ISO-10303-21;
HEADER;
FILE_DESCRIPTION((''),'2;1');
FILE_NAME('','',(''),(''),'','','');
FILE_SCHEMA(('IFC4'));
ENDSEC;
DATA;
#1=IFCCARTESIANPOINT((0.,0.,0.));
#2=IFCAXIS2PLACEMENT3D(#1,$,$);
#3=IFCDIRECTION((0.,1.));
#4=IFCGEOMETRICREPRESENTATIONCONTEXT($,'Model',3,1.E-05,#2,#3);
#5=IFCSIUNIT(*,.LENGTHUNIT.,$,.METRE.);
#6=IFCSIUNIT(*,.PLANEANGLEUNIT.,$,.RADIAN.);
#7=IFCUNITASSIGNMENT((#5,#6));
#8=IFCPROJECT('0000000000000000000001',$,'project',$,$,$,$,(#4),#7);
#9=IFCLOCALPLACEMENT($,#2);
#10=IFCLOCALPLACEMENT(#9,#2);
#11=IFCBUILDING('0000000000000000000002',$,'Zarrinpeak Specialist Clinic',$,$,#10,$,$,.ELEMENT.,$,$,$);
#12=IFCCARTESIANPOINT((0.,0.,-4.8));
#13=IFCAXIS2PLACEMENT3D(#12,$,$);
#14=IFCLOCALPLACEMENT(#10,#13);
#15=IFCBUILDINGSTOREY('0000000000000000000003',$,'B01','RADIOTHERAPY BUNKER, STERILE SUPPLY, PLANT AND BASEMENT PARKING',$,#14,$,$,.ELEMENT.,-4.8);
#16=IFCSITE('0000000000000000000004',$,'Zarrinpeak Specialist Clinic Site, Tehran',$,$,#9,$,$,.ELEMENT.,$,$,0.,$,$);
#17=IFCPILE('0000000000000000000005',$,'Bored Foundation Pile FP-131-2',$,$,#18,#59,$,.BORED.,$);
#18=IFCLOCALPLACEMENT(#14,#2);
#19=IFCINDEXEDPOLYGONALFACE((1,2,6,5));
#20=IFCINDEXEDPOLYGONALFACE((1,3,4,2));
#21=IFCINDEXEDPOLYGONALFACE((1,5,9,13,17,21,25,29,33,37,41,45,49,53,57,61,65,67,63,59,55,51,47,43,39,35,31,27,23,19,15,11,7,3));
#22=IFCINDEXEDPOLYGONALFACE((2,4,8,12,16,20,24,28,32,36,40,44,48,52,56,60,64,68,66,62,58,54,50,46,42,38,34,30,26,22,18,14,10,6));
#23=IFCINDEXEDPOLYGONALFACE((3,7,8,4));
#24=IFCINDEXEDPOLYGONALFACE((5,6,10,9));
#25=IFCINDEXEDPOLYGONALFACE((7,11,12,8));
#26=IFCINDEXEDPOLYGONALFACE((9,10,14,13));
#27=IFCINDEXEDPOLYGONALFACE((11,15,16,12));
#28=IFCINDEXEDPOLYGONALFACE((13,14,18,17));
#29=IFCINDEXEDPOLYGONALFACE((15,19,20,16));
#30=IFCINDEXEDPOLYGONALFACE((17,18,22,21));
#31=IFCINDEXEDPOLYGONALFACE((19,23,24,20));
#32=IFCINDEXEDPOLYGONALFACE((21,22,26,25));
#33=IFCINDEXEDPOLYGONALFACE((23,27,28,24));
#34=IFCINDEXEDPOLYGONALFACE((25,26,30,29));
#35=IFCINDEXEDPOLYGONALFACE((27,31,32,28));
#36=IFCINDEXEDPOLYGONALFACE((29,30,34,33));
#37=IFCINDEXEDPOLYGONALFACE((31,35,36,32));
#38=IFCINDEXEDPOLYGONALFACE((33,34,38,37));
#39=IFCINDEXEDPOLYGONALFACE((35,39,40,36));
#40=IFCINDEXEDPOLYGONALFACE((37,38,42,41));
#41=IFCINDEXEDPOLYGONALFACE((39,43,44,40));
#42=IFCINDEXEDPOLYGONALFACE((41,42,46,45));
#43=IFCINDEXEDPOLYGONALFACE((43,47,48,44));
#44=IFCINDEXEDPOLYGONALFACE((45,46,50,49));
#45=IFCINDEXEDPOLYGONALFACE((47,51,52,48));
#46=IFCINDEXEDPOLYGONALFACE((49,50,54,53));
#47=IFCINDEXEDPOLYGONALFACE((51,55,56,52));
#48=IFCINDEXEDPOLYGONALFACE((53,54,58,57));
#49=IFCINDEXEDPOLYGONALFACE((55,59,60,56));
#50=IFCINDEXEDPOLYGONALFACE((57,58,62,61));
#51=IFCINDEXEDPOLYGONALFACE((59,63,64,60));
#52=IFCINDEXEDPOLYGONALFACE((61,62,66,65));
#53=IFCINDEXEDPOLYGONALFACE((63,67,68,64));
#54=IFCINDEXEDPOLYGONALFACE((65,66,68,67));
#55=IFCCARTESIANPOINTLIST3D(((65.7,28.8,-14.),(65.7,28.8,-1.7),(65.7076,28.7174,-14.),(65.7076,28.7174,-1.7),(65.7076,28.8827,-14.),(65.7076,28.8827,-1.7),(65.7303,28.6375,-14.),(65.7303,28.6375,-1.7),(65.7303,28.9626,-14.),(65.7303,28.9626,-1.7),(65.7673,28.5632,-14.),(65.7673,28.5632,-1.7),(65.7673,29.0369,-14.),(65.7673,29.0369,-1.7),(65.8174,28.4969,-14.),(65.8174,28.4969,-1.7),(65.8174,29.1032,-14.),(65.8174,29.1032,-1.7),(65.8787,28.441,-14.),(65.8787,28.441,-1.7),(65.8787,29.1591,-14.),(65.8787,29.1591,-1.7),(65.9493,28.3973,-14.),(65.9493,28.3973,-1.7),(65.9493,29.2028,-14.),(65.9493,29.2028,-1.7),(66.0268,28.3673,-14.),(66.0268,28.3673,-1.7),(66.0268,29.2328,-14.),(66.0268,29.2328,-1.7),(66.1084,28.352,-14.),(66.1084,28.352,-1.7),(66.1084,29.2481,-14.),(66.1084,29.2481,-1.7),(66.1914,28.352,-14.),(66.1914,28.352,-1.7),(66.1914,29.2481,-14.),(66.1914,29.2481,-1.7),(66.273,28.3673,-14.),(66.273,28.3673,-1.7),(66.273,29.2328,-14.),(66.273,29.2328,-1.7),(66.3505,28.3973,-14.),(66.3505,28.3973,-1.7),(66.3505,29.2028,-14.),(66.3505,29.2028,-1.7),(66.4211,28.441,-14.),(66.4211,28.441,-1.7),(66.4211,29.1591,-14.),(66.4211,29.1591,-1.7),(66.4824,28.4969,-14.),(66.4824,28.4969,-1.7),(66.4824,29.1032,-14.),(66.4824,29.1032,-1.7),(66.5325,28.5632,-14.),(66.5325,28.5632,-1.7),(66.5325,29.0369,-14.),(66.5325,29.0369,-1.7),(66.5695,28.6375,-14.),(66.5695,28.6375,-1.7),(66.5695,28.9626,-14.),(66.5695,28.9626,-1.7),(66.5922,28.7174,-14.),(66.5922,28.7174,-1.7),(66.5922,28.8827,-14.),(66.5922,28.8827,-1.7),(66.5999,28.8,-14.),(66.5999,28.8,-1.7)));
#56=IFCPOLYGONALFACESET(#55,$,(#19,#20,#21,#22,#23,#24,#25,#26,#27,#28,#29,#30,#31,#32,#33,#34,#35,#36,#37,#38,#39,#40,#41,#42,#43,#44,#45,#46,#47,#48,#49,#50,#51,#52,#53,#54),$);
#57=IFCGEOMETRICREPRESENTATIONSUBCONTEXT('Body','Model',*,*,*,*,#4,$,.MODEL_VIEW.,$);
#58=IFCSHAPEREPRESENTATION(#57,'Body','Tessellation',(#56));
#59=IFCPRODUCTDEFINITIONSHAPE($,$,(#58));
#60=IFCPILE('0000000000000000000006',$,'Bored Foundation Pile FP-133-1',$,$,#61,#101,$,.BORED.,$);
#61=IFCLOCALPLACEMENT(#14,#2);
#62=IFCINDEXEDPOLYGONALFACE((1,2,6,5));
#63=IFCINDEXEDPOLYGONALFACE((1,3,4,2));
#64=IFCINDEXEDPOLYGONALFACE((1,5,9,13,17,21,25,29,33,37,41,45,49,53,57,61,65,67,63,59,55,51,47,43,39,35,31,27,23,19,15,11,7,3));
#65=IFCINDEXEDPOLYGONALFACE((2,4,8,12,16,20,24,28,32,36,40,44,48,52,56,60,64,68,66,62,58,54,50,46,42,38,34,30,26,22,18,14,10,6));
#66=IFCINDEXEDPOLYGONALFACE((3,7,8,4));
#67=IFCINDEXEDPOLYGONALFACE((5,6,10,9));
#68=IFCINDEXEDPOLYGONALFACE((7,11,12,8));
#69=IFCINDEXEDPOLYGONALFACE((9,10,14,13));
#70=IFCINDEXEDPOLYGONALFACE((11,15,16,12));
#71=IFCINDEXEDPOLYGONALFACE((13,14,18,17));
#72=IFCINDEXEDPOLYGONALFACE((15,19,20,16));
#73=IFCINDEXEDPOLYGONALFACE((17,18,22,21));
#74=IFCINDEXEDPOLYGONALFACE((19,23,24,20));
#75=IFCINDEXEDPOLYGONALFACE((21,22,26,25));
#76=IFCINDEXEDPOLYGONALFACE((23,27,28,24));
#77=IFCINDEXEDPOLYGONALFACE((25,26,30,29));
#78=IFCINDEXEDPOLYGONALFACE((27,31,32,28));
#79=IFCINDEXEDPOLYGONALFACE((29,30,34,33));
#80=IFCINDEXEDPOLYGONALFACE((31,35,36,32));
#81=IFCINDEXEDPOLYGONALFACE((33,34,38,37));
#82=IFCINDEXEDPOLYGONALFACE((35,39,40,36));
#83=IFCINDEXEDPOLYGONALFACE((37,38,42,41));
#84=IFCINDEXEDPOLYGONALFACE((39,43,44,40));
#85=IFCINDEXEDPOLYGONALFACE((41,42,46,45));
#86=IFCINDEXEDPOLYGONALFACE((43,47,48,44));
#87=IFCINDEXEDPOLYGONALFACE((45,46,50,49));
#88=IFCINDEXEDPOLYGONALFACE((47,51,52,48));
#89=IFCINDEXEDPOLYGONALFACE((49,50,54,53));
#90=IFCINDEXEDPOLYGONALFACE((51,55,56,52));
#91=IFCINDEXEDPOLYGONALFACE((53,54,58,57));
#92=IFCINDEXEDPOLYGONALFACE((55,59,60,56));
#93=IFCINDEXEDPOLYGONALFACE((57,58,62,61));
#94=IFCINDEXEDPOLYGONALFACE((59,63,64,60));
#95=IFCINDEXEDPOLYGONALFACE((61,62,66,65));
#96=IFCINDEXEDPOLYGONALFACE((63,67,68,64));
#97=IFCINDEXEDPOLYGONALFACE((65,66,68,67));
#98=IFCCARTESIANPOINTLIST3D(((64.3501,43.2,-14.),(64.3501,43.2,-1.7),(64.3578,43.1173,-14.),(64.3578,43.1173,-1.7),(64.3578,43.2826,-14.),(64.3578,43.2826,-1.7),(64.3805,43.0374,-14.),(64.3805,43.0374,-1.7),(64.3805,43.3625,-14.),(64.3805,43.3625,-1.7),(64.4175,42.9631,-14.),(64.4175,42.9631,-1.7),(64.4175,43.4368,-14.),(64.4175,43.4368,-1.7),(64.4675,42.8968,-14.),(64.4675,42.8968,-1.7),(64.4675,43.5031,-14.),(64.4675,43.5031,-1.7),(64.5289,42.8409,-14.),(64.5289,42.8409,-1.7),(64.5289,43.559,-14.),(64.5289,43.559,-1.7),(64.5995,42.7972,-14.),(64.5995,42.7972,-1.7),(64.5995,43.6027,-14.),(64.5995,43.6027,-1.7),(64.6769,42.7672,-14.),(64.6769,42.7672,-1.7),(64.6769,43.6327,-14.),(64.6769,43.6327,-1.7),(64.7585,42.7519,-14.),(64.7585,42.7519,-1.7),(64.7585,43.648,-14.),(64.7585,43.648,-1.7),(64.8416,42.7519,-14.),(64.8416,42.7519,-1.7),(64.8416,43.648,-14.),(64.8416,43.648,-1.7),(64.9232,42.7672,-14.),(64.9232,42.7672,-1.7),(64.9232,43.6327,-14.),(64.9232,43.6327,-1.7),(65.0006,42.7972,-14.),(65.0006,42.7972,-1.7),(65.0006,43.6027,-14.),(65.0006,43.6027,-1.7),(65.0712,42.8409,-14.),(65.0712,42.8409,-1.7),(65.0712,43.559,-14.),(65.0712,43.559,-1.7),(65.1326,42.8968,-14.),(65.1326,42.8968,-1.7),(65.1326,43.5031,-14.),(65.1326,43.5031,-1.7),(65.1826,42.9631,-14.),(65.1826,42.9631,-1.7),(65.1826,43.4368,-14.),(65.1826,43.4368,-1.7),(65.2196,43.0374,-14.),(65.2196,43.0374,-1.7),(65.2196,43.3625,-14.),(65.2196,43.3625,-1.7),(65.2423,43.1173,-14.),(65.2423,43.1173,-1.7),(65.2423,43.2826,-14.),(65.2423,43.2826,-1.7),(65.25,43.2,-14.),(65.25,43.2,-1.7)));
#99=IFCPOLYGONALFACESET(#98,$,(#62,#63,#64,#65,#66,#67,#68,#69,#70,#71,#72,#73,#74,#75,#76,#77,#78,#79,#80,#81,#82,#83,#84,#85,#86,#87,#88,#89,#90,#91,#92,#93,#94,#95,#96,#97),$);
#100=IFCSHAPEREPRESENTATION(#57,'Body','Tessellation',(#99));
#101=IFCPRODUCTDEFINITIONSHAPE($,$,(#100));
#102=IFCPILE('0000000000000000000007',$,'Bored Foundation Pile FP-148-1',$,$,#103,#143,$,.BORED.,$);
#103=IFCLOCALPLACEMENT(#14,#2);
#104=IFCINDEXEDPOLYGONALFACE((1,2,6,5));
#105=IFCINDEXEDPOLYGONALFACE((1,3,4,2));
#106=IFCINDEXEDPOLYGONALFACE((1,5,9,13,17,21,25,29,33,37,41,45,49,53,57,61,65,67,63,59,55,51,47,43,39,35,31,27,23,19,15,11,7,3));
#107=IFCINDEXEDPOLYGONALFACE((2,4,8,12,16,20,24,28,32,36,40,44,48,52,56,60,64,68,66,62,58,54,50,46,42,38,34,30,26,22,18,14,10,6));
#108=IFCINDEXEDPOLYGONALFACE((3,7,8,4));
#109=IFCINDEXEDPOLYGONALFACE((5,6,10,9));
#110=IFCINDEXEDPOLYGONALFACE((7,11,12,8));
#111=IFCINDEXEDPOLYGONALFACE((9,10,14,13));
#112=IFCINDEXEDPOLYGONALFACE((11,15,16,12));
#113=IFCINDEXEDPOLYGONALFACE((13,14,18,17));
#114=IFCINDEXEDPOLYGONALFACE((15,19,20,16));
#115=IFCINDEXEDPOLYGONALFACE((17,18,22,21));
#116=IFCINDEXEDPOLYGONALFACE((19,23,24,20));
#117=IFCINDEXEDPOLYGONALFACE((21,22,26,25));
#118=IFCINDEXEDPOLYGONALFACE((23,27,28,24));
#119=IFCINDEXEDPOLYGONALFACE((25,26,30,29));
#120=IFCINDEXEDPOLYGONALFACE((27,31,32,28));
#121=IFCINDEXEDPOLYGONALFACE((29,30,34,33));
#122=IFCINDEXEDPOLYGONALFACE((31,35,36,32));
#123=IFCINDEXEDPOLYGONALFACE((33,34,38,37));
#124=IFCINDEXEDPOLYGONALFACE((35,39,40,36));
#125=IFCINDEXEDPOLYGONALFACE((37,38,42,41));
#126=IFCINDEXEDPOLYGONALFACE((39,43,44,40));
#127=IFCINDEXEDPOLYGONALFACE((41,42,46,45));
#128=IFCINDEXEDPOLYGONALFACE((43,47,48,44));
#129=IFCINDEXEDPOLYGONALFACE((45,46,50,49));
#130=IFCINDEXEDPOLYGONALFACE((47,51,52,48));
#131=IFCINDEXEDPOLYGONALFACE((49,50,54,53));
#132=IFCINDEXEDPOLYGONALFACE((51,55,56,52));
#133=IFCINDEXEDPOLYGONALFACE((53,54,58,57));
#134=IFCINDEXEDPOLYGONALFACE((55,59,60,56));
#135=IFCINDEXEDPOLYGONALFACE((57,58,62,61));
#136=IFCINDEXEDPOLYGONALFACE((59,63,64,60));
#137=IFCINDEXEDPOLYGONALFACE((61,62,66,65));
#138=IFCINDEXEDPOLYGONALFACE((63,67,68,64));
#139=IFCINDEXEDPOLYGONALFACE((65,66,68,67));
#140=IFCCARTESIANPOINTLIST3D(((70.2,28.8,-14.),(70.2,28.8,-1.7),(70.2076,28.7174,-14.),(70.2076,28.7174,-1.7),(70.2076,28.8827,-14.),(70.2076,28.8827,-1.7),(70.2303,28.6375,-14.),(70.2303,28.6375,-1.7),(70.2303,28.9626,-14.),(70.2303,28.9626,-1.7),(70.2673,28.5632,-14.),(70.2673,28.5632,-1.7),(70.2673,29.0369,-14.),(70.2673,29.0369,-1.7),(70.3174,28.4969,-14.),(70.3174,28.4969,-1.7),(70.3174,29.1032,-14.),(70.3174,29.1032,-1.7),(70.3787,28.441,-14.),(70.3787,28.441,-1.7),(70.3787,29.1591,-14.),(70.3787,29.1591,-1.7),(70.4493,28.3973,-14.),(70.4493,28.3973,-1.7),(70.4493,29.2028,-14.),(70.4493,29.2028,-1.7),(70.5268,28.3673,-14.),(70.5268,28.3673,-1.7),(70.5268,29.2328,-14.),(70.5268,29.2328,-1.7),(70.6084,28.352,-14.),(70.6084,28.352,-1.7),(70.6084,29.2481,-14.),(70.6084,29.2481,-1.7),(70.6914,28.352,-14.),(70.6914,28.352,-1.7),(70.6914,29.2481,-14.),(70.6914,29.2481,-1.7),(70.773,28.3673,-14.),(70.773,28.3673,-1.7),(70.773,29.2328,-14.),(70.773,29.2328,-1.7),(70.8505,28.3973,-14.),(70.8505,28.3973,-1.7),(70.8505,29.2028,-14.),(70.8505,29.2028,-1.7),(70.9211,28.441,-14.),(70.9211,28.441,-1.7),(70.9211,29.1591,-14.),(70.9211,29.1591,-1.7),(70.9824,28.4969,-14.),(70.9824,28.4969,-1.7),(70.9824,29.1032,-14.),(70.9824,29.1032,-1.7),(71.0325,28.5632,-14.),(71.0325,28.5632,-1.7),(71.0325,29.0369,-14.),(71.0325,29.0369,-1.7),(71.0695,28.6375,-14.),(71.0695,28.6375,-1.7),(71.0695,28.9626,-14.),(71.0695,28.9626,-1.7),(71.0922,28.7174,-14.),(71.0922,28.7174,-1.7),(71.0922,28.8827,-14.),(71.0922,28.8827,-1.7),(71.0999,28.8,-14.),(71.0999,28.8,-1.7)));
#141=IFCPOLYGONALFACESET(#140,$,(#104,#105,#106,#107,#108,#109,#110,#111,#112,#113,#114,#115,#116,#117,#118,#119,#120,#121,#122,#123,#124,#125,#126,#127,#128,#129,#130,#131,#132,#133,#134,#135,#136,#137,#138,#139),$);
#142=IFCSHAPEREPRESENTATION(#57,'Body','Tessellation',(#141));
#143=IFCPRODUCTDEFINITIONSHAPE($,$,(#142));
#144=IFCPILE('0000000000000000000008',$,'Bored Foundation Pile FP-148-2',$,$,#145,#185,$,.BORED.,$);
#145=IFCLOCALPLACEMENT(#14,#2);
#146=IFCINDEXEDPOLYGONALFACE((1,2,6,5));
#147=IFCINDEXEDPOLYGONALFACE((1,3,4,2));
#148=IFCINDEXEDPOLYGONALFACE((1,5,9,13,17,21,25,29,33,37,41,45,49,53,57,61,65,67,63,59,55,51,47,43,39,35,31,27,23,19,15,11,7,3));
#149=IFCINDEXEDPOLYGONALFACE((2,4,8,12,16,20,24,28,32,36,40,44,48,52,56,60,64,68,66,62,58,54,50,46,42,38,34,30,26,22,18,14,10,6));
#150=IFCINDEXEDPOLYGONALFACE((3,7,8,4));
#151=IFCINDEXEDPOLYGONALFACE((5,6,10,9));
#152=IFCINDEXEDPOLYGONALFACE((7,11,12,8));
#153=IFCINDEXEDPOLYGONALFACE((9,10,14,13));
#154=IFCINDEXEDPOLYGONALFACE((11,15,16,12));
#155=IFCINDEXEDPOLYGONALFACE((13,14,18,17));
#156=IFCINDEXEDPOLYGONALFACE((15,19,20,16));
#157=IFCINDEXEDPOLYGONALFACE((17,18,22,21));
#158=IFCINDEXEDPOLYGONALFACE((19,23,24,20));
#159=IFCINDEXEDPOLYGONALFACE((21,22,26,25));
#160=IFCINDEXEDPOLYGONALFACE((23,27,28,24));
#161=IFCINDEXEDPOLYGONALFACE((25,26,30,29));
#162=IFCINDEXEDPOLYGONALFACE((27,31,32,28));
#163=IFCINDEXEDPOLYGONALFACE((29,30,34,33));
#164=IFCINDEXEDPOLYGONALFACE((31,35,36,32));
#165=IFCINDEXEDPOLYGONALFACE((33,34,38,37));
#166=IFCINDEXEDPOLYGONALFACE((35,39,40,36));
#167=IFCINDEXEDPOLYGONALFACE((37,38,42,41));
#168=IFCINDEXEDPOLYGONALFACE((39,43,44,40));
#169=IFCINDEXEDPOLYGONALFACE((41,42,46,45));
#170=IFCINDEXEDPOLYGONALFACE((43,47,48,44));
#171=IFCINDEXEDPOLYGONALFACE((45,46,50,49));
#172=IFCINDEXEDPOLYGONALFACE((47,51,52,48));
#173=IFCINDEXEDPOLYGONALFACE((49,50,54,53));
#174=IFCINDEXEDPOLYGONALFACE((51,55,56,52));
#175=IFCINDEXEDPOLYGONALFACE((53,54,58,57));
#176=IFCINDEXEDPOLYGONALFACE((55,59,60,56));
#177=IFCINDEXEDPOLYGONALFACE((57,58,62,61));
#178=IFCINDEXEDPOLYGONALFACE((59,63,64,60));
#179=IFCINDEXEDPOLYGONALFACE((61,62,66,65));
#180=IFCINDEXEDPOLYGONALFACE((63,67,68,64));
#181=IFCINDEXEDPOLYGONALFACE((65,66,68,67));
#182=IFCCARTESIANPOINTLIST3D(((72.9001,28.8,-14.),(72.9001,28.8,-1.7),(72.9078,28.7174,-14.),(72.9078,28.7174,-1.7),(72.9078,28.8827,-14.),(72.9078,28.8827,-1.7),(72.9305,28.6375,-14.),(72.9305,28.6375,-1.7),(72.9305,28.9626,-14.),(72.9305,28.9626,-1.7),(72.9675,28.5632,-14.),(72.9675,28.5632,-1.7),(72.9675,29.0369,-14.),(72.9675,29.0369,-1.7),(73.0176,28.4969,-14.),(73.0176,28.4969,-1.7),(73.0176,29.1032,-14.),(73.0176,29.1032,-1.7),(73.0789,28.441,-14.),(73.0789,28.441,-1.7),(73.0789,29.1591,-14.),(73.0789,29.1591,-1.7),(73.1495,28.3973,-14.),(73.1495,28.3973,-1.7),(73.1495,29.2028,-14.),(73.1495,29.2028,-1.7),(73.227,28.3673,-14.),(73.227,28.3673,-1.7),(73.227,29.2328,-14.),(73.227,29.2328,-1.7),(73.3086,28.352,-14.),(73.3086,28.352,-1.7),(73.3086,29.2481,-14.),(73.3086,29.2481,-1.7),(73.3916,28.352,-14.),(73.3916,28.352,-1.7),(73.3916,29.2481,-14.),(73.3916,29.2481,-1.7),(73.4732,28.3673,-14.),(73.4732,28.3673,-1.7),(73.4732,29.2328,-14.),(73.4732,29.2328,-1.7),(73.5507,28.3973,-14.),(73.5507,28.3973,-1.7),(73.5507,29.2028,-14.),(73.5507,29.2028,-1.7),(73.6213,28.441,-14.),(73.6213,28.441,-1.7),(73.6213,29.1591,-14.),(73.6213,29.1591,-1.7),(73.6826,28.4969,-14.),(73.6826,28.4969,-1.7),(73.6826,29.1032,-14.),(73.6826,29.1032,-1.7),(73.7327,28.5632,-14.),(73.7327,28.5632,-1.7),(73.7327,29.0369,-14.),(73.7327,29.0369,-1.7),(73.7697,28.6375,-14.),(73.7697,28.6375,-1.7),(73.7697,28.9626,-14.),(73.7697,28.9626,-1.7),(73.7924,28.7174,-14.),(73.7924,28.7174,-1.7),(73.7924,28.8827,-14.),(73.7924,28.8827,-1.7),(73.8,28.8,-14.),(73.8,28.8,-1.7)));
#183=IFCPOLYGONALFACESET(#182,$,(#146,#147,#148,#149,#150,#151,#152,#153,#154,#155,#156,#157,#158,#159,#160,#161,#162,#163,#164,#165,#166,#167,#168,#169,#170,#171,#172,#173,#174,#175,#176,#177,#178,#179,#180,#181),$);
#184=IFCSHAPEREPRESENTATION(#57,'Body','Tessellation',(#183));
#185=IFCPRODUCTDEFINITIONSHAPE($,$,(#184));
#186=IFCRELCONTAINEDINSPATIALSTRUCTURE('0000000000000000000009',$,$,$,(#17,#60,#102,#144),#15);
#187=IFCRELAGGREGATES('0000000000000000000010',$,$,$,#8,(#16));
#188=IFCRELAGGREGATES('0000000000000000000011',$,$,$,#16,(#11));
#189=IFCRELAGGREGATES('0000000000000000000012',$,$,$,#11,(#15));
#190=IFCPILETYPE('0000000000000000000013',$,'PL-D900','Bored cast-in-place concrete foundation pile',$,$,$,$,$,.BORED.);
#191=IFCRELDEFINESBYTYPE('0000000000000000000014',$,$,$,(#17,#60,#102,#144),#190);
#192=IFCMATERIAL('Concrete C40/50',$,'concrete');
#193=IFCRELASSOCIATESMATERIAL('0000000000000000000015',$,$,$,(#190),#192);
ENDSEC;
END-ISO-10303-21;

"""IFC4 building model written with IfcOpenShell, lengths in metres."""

from ifc_helpers import new_model, si_unit, direction, frame, origin, origin_2d, place, context, subcontext, project, spatial, circle, extrude, material, material_profile, profile_set, type_object, element, save


model = new_model("IFC4")

# Units and contexts
model_context = context("Model", 3, precision=1e-05, world=origin(), true_north=direction((0.0, 1.0)))
body_context = subcontext(model_context, "Body", "Model", "MODEL_VIEW")
ifc_project = project(units=[si_unit("LENGTHUNIT", "METRE"), si_unit("PLANEANGLEUNIT", "RADIAN")], contexts=[model_context])

# Site, building, storey
site_placement = place(None, origin())
site = spatial("IfcSite", under=ifc_project, at=site_placement, Name="Zarrinpeak Specialist Clinic Site, Tehran", CompositionType="ELEMENT", RefElevation=0.0)
building_placement = place(site_placement, origin())
building = spatial("IfcBuilding", under=site, at=building_placement, Name="Zarrinpeak Specialist Clinic", CompositionType="ELEMENT")
storey_placement = place(building_placement, frame((0.0, 0.0, -4.8)))
storey = spatial("IfcBuildingStorey", under=building, at=storey_placement, Name="B01", Description="RADIOTHERAPY BUNKER, STERILE SUPPLY, PLANT AND BASEMENT PARKING", CompositionType="ELEMENT", Elevation=-4.8)

# Shared definitions
ifc_material = material(Name="Concrete C40/50", Category="concrete")

# Piles
ifc_material_profile_1 = material_profile(ifc_material, circle(Radius=0.45, at=origin_2d()), Name="BORED PILE D900")
ifc_profile_set_1 = profile_set([ifc_material_profile_1], Name="Concrete C40/50")
pile_type = type_object("IfcPileType", Name="PL-D900", Description="Bored cast-in-place concrete foundation pile", PredefinedType="BORED", material=ifc_profile_set_1)
for number, where, z_axis, x_axis, name in (
    (1, (66.1499, 28.8, -1.7), (0.0, 0.0, -1.0), (1.0, 0.0, 0.0), "Bored Foundation Pile FP-131-2"),
    (2, (64.8, 43.2, -1.7), (0.0, 0.0, -1.0), (1.0, 0.0, 0.0), "Bored Foundation Pile FP-133-1"),
    (3, (70.6499, 28.8, -1.7), (0.0, 0.0, -1.0), (1.0, 0.0, 0.0), "Bored Foundation Pile FP-148-1"),
    (4, (73.3501, 28.8, -1.7), (0.0, 0.0, -1.0), (1.0, 0.0, 0.0), "Bored Foundation Pile FP-148-2"),
):
    element("IfcPile", number, at=place(storey_placement, frame(where, z_axis=z_axis, x_axis=x_axis)), inside=storey, type_object=pile_type, Name=name, PredefinedType="BORED", context=body_context, shape_type="SweptSolid", body=[
        extrude(circle(Radius=0.45, at=origin_2d()), origin(), (0.0, 0.0, 1.0), 12.3),
    ])

save(model, "model.ifc")
